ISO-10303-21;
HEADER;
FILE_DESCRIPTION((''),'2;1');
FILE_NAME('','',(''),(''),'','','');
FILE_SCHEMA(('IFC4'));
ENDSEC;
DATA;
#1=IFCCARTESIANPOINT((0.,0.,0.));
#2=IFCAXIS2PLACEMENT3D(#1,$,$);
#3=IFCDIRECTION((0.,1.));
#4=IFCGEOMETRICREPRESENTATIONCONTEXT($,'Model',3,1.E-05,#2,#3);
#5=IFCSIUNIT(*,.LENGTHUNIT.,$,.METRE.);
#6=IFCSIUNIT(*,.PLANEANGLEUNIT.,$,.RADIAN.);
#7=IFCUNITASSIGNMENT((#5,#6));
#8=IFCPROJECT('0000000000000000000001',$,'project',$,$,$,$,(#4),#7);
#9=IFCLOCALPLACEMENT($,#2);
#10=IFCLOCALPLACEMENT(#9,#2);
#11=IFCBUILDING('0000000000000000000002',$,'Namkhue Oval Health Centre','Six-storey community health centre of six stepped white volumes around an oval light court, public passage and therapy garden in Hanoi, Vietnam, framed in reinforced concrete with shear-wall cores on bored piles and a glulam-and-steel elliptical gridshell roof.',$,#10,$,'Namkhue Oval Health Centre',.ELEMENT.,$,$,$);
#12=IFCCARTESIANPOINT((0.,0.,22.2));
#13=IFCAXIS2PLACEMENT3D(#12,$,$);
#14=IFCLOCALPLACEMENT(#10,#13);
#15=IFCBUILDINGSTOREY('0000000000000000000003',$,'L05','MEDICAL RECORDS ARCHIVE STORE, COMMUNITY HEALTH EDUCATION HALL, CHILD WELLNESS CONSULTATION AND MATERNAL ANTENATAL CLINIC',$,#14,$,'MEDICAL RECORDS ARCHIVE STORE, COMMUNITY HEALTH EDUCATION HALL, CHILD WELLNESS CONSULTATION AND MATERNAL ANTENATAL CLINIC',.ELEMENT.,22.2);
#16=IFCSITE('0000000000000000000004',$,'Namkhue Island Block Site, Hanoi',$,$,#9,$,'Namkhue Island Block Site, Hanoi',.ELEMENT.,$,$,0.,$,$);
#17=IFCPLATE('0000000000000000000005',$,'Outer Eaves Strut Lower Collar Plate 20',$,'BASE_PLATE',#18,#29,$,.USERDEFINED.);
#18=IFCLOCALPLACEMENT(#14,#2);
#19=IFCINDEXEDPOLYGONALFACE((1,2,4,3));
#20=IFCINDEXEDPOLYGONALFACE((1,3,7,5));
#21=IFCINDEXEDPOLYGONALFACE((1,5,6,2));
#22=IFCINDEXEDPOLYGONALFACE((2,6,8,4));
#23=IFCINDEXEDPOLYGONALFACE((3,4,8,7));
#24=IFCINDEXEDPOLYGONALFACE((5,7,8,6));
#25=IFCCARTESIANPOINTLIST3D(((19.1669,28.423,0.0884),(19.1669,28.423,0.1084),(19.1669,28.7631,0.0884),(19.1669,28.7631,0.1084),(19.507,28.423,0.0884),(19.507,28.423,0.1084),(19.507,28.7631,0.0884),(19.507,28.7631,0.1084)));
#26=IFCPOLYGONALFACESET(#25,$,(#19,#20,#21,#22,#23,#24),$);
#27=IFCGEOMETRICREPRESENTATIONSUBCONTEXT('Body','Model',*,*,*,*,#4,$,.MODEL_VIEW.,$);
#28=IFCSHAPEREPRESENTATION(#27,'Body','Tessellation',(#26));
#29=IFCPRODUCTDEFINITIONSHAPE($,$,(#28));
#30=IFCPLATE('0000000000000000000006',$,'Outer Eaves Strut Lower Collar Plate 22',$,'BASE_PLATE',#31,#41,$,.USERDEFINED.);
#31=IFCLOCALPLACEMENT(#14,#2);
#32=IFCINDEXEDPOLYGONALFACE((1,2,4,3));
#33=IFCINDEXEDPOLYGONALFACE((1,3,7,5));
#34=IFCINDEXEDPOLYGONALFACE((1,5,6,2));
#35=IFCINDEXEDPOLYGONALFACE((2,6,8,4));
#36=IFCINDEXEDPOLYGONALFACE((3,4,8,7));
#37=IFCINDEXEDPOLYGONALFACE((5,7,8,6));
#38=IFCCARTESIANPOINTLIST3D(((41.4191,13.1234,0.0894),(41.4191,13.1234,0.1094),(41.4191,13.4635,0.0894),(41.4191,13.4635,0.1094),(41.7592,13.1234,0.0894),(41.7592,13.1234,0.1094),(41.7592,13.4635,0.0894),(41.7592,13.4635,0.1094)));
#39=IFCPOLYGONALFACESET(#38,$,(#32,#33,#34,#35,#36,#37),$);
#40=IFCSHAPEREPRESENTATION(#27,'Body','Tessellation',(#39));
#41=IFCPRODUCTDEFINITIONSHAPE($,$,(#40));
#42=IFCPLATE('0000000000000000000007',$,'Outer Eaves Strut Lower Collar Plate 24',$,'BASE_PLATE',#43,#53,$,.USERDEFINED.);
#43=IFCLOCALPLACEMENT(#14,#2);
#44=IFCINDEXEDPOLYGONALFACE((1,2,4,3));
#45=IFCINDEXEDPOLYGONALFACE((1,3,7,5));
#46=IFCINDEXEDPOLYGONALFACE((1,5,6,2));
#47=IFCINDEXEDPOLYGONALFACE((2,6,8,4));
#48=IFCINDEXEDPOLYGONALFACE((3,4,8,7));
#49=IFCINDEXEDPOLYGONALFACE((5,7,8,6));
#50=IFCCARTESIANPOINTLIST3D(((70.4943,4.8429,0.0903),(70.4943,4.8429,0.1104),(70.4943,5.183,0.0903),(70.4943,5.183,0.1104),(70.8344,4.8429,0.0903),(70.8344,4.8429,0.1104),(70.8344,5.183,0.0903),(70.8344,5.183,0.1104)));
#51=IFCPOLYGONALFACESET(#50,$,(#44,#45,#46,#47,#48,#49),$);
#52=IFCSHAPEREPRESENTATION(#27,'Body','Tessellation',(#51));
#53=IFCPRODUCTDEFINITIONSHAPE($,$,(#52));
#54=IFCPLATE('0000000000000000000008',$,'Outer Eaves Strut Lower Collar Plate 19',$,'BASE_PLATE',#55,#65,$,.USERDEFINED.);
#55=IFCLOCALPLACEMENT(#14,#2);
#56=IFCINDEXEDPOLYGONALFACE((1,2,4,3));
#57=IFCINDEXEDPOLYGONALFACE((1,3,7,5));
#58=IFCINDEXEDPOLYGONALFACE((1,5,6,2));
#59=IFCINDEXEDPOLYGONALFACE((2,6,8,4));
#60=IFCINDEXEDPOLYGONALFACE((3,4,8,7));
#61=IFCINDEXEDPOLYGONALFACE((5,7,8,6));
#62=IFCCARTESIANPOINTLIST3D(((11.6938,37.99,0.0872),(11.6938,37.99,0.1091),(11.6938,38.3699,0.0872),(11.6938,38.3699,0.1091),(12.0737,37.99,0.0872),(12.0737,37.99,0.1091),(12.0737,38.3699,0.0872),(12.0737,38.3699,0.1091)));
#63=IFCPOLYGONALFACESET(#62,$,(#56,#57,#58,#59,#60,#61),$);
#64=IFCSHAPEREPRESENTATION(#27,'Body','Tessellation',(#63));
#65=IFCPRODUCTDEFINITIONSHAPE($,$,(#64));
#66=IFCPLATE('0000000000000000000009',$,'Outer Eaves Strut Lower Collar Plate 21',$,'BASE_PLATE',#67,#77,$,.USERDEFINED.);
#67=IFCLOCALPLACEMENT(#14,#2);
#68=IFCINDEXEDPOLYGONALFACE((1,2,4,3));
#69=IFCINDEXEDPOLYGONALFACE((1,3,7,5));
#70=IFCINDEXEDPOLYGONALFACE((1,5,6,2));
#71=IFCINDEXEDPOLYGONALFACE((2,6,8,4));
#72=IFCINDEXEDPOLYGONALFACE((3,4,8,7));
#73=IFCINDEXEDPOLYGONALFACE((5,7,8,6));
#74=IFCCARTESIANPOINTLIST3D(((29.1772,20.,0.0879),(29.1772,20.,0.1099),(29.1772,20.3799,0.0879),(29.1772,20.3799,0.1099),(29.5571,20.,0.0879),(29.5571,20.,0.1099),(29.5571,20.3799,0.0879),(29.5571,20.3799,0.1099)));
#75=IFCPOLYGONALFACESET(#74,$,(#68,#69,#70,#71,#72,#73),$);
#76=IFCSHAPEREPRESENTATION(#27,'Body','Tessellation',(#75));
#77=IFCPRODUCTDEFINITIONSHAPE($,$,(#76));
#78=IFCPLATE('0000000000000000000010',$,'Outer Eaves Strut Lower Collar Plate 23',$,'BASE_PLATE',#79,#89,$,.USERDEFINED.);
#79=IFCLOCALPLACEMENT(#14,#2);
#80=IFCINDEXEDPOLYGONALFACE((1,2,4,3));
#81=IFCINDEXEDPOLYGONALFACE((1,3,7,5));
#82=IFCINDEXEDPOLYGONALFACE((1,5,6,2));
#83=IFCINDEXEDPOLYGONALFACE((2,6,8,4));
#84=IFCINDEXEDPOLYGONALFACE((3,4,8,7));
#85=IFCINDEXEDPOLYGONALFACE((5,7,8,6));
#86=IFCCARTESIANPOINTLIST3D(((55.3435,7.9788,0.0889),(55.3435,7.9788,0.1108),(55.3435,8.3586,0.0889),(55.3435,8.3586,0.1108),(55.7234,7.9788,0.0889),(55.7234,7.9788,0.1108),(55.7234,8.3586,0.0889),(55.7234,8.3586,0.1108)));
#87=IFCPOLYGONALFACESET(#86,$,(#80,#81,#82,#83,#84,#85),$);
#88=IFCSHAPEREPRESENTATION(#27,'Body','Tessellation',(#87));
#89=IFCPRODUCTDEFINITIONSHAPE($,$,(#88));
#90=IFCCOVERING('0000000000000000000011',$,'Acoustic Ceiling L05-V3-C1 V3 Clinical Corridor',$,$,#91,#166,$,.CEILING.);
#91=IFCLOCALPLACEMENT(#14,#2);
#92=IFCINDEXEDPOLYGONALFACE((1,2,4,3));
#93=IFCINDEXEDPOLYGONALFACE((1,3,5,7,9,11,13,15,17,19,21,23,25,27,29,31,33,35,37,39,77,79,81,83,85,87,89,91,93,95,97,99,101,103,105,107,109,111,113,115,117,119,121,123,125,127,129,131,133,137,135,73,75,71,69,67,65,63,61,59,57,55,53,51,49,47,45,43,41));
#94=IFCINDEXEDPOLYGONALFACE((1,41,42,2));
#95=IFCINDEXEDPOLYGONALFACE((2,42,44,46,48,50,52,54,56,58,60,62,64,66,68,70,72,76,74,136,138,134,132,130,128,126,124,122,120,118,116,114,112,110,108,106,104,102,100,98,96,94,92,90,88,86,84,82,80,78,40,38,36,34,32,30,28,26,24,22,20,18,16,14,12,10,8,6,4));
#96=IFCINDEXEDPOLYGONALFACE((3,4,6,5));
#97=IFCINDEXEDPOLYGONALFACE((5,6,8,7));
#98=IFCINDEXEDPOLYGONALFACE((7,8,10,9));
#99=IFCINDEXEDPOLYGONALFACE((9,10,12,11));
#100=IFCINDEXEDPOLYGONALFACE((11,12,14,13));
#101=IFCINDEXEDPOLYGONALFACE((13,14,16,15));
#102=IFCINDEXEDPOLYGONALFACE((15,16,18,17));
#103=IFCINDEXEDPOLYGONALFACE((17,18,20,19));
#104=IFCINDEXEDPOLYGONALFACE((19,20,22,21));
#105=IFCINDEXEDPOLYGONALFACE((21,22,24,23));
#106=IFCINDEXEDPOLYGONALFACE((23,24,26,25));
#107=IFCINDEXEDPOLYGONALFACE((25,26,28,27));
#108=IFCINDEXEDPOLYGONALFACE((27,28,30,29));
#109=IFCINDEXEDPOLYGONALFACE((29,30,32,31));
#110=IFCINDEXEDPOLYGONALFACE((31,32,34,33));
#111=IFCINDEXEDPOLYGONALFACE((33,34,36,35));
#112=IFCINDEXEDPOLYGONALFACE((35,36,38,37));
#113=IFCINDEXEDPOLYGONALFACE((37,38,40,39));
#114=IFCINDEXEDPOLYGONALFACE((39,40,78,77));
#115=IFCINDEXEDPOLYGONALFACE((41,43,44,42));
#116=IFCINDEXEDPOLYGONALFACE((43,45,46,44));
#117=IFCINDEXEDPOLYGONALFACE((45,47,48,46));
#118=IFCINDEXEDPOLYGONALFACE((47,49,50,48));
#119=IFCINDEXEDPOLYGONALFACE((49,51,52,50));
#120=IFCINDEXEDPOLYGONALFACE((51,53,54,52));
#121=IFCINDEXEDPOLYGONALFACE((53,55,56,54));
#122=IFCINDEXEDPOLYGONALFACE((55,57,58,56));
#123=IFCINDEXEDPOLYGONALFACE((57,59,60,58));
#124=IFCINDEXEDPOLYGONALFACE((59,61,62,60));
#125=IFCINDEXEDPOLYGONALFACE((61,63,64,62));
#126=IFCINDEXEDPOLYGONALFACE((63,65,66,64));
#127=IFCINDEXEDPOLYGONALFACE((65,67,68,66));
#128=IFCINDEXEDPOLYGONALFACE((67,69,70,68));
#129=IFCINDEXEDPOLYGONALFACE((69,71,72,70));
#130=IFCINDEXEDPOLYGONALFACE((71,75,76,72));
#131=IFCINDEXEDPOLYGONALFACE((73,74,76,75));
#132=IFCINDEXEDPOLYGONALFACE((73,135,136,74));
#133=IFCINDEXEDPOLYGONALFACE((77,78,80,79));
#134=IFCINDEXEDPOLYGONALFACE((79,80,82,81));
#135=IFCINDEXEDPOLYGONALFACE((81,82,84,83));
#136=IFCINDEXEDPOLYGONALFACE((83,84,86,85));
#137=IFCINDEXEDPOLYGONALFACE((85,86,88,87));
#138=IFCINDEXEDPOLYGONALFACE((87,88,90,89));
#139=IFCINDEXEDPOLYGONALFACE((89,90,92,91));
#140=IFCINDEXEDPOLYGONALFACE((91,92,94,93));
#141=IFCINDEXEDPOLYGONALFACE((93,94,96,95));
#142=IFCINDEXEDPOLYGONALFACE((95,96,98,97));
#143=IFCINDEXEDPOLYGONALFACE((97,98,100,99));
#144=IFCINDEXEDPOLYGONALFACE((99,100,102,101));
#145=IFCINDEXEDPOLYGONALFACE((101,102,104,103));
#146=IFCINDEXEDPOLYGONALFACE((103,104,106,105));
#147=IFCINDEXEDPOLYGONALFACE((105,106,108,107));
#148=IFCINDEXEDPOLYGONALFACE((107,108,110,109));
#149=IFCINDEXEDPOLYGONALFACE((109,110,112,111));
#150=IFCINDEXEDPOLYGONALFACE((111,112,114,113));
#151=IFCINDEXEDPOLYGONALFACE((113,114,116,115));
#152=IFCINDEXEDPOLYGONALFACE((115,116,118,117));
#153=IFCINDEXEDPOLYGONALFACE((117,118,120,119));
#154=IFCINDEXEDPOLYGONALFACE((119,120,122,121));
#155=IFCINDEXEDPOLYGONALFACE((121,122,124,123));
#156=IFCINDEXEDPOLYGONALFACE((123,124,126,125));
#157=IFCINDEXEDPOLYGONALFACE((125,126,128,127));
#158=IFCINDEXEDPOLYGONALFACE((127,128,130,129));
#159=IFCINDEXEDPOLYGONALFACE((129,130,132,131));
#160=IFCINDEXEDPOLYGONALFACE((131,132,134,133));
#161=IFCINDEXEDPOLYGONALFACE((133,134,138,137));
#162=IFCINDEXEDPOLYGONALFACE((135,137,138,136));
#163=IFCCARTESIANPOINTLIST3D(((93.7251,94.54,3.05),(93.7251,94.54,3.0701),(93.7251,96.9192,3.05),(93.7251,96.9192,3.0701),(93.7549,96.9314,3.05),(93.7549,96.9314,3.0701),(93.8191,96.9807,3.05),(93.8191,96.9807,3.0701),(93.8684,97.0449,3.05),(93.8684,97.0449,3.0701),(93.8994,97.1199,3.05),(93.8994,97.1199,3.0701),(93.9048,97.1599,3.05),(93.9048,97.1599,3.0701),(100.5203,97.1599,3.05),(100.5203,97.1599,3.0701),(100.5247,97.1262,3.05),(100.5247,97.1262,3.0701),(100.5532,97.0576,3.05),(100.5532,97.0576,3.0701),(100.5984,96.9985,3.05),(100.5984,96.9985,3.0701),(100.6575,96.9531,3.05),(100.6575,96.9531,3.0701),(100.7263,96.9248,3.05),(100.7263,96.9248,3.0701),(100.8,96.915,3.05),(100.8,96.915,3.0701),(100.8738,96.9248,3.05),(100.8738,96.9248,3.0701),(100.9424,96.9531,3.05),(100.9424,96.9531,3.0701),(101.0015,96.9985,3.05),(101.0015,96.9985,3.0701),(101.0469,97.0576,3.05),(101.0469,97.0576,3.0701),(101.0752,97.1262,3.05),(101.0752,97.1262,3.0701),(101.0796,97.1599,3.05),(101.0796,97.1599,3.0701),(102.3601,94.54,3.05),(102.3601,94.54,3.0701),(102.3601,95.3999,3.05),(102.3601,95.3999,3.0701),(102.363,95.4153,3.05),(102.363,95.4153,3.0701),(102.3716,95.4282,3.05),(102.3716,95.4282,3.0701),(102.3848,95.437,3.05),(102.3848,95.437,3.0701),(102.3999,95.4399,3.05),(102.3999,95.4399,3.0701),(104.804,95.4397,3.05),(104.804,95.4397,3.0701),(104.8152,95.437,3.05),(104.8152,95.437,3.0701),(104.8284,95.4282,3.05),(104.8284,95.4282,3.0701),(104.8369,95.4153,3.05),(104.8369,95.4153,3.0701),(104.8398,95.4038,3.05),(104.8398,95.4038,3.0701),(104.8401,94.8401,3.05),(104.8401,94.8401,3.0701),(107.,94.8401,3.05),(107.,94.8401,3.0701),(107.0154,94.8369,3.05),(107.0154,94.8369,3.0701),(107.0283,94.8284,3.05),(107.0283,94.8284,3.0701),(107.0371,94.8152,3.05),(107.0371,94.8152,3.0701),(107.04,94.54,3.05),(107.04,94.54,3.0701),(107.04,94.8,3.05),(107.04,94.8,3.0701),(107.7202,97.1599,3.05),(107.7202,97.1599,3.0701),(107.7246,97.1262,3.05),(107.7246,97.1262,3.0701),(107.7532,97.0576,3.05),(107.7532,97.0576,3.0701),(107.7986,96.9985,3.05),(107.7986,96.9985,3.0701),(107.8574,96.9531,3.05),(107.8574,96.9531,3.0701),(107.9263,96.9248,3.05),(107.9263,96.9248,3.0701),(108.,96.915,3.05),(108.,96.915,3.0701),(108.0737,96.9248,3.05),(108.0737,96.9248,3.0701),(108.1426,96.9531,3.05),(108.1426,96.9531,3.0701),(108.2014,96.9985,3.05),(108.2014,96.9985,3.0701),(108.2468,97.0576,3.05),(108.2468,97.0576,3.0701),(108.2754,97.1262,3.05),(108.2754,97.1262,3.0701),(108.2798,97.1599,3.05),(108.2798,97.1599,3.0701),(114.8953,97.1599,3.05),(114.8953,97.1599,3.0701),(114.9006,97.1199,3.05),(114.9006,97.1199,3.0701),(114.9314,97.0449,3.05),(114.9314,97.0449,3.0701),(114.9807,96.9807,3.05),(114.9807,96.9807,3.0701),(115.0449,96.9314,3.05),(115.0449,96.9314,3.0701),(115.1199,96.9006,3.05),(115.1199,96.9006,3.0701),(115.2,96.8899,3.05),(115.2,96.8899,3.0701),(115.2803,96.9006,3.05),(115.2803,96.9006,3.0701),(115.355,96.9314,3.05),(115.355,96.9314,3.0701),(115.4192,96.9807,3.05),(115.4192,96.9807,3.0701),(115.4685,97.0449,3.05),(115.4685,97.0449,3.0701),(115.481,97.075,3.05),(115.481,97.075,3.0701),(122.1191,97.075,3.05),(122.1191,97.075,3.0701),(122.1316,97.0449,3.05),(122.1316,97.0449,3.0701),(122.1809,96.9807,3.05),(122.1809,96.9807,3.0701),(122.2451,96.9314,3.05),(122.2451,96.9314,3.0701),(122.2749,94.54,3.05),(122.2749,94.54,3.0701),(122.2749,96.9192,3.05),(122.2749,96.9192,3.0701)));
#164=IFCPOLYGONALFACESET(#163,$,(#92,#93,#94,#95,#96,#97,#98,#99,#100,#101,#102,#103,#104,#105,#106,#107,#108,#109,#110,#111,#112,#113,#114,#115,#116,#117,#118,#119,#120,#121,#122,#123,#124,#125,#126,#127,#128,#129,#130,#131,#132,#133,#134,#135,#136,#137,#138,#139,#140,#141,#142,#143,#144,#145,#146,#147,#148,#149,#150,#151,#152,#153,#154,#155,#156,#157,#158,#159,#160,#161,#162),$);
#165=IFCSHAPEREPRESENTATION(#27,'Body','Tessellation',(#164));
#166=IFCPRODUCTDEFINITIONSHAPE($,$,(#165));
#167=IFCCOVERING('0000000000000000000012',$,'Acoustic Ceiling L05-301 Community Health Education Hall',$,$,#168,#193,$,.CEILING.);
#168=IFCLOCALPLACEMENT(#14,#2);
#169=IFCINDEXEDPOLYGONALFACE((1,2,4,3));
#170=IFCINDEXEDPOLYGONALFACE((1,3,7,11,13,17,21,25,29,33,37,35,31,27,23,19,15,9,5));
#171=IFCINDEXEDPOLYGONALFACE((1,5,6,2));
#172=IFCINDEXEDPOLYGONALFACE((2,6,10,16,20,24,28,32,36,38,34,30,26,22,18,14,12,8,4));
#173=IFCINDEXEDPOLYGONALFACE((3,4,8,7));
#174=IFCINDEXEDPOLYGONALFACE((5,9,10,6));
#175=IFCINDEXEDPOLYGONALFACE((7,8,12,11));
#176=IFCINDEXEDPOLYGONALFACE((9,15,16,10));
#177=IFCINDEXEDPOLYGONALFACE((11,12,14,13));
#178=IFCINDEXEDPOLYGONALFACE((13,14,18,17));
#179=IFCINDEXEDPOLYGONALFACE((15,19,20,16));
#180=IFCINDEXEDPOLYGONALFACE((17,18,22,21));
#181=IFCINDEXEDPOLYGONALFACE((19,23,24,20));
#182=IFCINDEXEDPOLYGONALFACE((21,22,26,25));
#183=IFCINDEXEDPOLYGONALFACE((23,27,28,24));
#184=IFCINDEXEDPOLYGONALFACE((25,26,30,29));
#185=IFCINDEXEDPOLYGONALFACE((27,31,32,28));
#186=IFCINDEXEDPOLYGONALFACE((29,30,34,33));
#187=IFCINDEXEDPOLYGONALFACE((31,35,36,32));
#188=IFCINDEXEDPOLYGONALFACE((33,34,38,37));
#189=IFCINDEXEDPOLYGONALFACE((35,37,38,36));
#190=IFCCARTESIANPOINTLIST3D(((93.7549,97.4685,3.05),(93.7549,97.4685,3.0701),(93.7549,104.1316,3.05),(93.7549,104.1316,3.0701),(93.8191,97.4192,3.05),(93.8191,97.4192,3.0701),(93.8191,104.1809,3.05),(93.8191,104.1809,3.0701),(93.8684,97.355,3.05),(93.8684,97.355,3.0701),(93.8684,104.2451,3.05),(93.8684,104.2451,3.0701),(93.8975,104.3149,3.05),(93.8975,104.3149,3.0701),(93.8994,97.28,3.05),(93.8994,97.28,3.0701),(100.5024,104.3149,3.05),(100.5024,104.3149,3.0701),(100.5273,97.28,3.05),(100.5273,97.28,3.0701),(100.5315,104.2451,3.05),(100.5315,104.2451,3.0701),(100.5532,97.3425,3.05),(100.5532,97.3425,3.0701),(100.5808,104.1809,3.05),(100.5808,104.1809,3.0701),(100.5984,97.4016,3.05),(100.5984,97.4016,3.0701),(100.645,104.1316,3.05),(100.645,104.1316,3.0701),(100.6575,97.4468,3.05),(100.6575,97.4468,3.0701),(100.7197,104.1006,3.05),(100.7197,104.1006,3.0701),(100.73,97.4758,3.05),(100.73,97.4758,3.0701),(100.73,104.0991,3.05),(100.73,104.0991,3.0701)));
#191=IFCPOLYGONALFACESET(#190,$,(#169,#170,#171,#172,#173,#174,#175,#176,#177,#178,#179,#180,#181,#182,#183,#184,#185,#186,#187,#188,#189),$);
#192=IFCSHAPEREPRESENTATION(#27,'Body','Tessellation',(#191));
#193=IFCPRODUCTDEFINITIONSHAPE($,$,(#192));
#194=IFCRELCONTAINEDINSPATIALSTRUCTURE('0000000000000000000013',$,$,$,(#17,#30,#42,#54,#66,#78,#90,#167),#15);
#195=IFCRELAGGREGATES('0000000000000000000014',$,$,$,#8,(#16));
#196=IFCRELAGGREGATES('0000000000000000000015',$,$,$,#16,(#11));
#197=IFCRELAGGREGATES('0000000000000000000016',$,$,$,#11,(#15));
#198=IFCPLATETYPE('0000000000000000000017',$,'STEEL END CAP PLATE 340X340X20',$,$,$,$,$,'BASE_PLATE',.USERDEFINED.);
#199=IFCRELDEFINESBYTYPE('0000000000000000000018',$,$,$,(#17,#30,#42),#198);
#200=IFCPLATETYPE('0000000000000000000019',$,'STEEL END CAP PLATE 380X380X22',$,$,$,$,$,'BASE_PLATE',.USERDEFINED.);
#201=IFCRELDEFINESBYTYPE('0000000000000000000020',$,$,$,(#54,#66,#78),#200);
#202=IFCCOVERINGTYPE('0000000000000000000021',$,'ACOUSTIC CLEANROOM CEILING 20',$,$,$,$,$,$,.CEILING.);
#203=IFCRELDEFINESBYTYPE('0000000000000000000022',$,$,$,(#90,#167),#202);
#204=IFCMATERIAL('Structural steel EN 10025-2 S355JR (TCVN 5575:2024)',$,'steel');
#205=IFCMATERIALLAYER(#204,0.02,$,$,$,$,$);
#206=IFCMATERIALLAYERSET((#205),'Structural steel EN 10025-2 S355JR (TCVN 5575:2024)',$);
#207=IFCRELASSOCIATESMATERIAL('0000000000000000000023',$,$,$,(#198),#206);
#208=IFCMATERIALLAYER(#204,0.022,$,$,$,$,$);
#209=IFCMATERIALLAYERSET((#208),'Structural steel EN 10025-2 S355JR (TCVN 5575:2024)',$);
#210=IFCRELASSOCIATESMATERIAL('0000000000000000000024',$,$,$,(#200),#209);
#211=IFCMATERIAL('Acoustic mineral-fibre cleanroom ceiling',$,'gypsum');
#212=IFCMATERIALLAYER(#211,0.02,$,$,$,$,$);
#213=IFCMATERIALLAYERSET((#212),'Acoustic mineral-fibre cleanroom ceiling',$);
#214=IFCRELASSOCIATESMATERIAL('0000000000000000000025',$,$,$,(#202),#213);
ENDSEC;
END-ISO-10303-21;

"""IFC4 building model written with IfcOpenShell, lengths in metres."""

from ifc_helpers import new_model, si_unit, direction, frame, origin, origin_2d, place, context, subcontext, project, spatial, polyline, rectangle, outline, extrude, material, layer, layer_set, type_object, element, save


model = new_model("IFC4")

# Units and contexts
model_context = context("Model", 3, precision=1e-05, world=origin(), true_north=direction((0.0, 1.0)))
body_context = subcontext(model_context, "Body", "Model", "MODEL_VIEW")
ifc_project = project(units=[si_unit("LENGTHUNIT", "METRE"), si_unit("PLANEANGLEUNIT", "RADIAN")], contexts=[model_context])

# Site, building, storey
site_placement = place(None, origin())
site = spatial("IfcSite", under=ifc_project, at=site_placement, Name="Namkhue Island Block Site, Hanoi", LongName="Namkhue Island Block Site, Hanoi", CompositionType="ELEMENT", RefElevation=0.0)
building_placement = place(site_placement, origin())
building = spatial("IfcBuilding", under=site, at=building_placement, Name="Namkhue Oval Health Centre", Description="Six-storey community health centre of six stepped white volumes around an oval light court, public passage and therapy garden in Hanoi, Vietnam, framed in reinforced concrete with shear-wall cores on bored piles and a glulam-and-steel elliptical gridshell roof.", LongName="Namkhue Oval Health Centre", CompositionType="ELEMENT")
storey_placement = place(building_placement, frame((0.0, 0.0, 22.2)))
storey = spatial("IfcBuildingStorey", under=building, at=storey_placement, Name="L05", Description="MEDICAL RECORDS ARCHIVE STORE, COMMUNITY HEALTH EDUCATION HALL, CHILD WELLNESS CONSULTATION AND MATERNAL ANTENATAL CLINIC", LongName="MEDICAL RECORDS ARCHIVE STORE, COMMUNITY HEALTH EDUCATION HALL, CHILD WELLNESS CONSULTATION AND MATERNAL ANTENATAL CLINIC", CompositionType="ELEMENT", Elevation=22.2)

# Shared definitions
ifc_material_1 = material(Name="Structural steel EN 10025-2 S355JR (TCVN 5575:2024)", Category="steel")

# Plates
ifc_layer_1 = layer(ifc_material_1, 0.02)
ifc_layer_set_1 = layer_set([ifc_layer_1], Name="Structural steel EN 10025-2 S355JR (TCVN 5575:2024)")
plate_type_1 = type_object("IfcPlateType", Name="STEEL END CAP PLATE 340X340X20", ElementType="BASE_PLATE", PredefinedType="USERDEFINED", material=ifc_layer_set_1)
for number, where, z_axis, x_axis, name in (
    (1, (19.3369, 28.593, 0.0884), (0.0, 0.0, 1.0), (1.0, 0.0, 0.0), "Outer Eaves Strut Lower Collar Plate 20"),
    (2, (41.5891, 13.2935, 0.0894), (0.0, 0.0, 1.0), (1.0, 0.0, 0.0), "Outer Eaves Strut Lower Collar Plate 22"),
    (3, (70.6643, 5.0129, 0.0903), (0.0, 0.0, 1.0), (1.0, 0.0, 0.0), "Outer Eaves Strut Lower Collar Plate 24"),
):
    element("IfcPlate", number, at=place(storey_placement, frame(where, z_axis=z_axis, x_axis=x_axis)), inside=storey, type_object=plate_type_1, Name=name, ObjectType="BASE_PLATE", PredefinedType="USERDEFINED", context=body_context, shape_type="SweptSolid", body=[
        extrude(rectangle(XDim=0.3401, YDim=0.3401, at=origin_2d()), origin(), (0.0, 0.0, 1.0), 0.02),
    ])
ifc_layer_2 = layer(ifc_material_1, 0.022)
ifc_layer_set_2 = layer_set([ifc_layer_2], Name="Structural steel EN 10025-2 S355JR (TCVN 5575:2024)")
plate_type_2 = type_object("IfcPlateType", Name="STEEL END CAP PLATE 380X380X22", ElementType="BASE_PLATE", PredefinedType="USERDEFINED", material=ifc_layer_set_2)
for number, where, z_axis, x_axis, name in (
    (4, (11.8838, 38.1799, 0.0872), (0.0, 0.0, 1.0), (1.0, 0.0, 0.0), "Outer Eaves Strut Lower Collar Plate 19"),
    (5, (29.3672, 20.1899, 0.0879), (0.0, 0.0, 1.0), (1.0, 0.0, 0.0), "Outer Eaves Strut Lower Collar Plate 21"),
    (6, (55.5334, 8.1687, 0.0889), (0.0, 0.0, 1.0), (1.0, 0.0, 0.0), "Outer Eaves Strut Lower Collar Plate 23"),
):
    element("IfcPlate", number, at=place(storey_placement, frame(where, z_axis=z_axis, x_axis=x_axis)), inside=storey, type_object=plate_type_2, Name=name, ObjectType="BASE_PLATE", PredefinedType="USERDEFINED", context=body_context, shape_type="SweptSolid", body=[
        extrude(rectangle(XDim=0.3799, YDim=0.3799, at=origin_2d()), origin(), (0.0, 0.0, 1.0), 0.022),
    ])

# Coverings
ifc_material_2 = material(Name="Acoustic mineral-fibre cleanroom ceiling", Category="gypsum")
ifc_layer_3 = layer(ifc_material_2, 0.02)
ifc_layer_set_3 = layer_set([ifc_layer_3], Name="Acoustic mineral-fibre cleanroom ceiling")
covering_type_1 = type_object("IfcCoveringType", Name="ACOUSTIC CLEANROOM CEILING 20", PredefinedType="CEILING", material=ifc_layer_set_3)
covering_1_placement = place(storey_placement, frame((0.0, 0.0, 3.05)))
element("IfcCovering", 7, at=covering_1_placement, inside=storey, type_object=covering_type_1, Name="Acoustic Ceiling L05-V3-C1 V3 Clinical Corridor", PredefinedType="CEILING", context=body_context, shape_type="SweptSolid", body=[
    extrude(outline(polyline([(107.04, 94.8), (107.0371, 94.8152), (107.0283, 94.8284), (107.0154, 94.8369), (107.0, 94.8401), (104.8401, 94.8401), (104.8398, 95.4038), (104.8369, 95.4153), (104.8284, 95.4282), (104.8152, 95.437), (104.804, 95.4397), (102.3999, 95.4399), (102.3848, 95.437), (102.3716, 95.4282), (102.363, 95.4153), (102.3601, 95.3999), (102.3601, 94.54), (93.7251, 94.54), (93.7251, 96.9192), (93.7549, 96.9314), (93.8191, 96.9807), (93.8684, 97.0449), (93.8994, 97.1199), (93.9048, 97.1599), (100.5203, 97.1599), (100.5247, 97.1262), (100.5532, 97.0576), (100.5984, 96.9985), (100.6575, 96.9531), (100.7263, 96.9248), (100.8, 96.915), (100.8738, 96.9248), (100.9424, 96.9531), (101.0015, 96.9985), (101.0469, 97.0576), (101.0752, 97.1262), (101.0796, 97.1599), (107.7202, 97.1599), (107.7246, 97.1262), (107.7532, 97.0576), (107.7986, 96.9985), (107.8574, 96.9531), (107.9263, 96.9248), (108.0, 96.915), (108.0737, 96.9248), (108.1426, 96.9531), (108.2014, 96.9985), (108.2468, 97.0576), (108.2754, 97.1262), (108.2798, 97.1599), (114.8953, 97.1599), (114.9006, 97.1199), (114.9314, 97.0449), (114.9807, 96.9807), (115.0449, 96.9314), (115.1199, 96.9006), (115.2, 96.8899), (115.2803, 96.9006), (115.355, 96.9314), (115.4192, 96.9807), (115.4685, 97.0449), (115.481, 97.075), (122.1191, 97.075), (122.1316, 97.0449), (122.1809, 96.9807), (122.2451, 96.9314), (122.2749, 96.9192), (122.2749, 94.54), (107.04, 94.54), (107.04, 94.8)])), origin(), (0.0, 0.0, 1.0), 0.02),
])
covering_2_placement = place(storey_placement, frame((0.0, 0.0, 3.05)))
element("IfcCovering", 8, at=covering_2_placement, inside=storey, type_object=covering_type_1, Name="Acoustic Ceiling L05-301 Community Health Education Hall", PredefinedType="CEILING", context=body_context, shape_type="SweptSolid", body=[
    extrude(outline(polyline([(93.8994, 97.28), (93.8684, 97.355), (93.8191, 97.4192), (93.7549, 97.4685), (93.7549, 104.1316), (93.8191, 104.1809), (93.8684, 104.2451), (93.8975, 104.3149), (100.5024, 104.3149), (100.5315, 104.2451), (100.5808, 104.1809), (100.645, 104.1316), (100.7197, 104.1006), (100.73, 104.0991), (100.73, 97.4758), (100.6575, 97.4468), (100.5984, 97.4016), (100.5532, 97.3425), (100.5273, 97.28), (93.8994, 97.28)])), origin(), (0.0, 0.0, 1.0), 0.02),
])

save(model, "model.ifc")
